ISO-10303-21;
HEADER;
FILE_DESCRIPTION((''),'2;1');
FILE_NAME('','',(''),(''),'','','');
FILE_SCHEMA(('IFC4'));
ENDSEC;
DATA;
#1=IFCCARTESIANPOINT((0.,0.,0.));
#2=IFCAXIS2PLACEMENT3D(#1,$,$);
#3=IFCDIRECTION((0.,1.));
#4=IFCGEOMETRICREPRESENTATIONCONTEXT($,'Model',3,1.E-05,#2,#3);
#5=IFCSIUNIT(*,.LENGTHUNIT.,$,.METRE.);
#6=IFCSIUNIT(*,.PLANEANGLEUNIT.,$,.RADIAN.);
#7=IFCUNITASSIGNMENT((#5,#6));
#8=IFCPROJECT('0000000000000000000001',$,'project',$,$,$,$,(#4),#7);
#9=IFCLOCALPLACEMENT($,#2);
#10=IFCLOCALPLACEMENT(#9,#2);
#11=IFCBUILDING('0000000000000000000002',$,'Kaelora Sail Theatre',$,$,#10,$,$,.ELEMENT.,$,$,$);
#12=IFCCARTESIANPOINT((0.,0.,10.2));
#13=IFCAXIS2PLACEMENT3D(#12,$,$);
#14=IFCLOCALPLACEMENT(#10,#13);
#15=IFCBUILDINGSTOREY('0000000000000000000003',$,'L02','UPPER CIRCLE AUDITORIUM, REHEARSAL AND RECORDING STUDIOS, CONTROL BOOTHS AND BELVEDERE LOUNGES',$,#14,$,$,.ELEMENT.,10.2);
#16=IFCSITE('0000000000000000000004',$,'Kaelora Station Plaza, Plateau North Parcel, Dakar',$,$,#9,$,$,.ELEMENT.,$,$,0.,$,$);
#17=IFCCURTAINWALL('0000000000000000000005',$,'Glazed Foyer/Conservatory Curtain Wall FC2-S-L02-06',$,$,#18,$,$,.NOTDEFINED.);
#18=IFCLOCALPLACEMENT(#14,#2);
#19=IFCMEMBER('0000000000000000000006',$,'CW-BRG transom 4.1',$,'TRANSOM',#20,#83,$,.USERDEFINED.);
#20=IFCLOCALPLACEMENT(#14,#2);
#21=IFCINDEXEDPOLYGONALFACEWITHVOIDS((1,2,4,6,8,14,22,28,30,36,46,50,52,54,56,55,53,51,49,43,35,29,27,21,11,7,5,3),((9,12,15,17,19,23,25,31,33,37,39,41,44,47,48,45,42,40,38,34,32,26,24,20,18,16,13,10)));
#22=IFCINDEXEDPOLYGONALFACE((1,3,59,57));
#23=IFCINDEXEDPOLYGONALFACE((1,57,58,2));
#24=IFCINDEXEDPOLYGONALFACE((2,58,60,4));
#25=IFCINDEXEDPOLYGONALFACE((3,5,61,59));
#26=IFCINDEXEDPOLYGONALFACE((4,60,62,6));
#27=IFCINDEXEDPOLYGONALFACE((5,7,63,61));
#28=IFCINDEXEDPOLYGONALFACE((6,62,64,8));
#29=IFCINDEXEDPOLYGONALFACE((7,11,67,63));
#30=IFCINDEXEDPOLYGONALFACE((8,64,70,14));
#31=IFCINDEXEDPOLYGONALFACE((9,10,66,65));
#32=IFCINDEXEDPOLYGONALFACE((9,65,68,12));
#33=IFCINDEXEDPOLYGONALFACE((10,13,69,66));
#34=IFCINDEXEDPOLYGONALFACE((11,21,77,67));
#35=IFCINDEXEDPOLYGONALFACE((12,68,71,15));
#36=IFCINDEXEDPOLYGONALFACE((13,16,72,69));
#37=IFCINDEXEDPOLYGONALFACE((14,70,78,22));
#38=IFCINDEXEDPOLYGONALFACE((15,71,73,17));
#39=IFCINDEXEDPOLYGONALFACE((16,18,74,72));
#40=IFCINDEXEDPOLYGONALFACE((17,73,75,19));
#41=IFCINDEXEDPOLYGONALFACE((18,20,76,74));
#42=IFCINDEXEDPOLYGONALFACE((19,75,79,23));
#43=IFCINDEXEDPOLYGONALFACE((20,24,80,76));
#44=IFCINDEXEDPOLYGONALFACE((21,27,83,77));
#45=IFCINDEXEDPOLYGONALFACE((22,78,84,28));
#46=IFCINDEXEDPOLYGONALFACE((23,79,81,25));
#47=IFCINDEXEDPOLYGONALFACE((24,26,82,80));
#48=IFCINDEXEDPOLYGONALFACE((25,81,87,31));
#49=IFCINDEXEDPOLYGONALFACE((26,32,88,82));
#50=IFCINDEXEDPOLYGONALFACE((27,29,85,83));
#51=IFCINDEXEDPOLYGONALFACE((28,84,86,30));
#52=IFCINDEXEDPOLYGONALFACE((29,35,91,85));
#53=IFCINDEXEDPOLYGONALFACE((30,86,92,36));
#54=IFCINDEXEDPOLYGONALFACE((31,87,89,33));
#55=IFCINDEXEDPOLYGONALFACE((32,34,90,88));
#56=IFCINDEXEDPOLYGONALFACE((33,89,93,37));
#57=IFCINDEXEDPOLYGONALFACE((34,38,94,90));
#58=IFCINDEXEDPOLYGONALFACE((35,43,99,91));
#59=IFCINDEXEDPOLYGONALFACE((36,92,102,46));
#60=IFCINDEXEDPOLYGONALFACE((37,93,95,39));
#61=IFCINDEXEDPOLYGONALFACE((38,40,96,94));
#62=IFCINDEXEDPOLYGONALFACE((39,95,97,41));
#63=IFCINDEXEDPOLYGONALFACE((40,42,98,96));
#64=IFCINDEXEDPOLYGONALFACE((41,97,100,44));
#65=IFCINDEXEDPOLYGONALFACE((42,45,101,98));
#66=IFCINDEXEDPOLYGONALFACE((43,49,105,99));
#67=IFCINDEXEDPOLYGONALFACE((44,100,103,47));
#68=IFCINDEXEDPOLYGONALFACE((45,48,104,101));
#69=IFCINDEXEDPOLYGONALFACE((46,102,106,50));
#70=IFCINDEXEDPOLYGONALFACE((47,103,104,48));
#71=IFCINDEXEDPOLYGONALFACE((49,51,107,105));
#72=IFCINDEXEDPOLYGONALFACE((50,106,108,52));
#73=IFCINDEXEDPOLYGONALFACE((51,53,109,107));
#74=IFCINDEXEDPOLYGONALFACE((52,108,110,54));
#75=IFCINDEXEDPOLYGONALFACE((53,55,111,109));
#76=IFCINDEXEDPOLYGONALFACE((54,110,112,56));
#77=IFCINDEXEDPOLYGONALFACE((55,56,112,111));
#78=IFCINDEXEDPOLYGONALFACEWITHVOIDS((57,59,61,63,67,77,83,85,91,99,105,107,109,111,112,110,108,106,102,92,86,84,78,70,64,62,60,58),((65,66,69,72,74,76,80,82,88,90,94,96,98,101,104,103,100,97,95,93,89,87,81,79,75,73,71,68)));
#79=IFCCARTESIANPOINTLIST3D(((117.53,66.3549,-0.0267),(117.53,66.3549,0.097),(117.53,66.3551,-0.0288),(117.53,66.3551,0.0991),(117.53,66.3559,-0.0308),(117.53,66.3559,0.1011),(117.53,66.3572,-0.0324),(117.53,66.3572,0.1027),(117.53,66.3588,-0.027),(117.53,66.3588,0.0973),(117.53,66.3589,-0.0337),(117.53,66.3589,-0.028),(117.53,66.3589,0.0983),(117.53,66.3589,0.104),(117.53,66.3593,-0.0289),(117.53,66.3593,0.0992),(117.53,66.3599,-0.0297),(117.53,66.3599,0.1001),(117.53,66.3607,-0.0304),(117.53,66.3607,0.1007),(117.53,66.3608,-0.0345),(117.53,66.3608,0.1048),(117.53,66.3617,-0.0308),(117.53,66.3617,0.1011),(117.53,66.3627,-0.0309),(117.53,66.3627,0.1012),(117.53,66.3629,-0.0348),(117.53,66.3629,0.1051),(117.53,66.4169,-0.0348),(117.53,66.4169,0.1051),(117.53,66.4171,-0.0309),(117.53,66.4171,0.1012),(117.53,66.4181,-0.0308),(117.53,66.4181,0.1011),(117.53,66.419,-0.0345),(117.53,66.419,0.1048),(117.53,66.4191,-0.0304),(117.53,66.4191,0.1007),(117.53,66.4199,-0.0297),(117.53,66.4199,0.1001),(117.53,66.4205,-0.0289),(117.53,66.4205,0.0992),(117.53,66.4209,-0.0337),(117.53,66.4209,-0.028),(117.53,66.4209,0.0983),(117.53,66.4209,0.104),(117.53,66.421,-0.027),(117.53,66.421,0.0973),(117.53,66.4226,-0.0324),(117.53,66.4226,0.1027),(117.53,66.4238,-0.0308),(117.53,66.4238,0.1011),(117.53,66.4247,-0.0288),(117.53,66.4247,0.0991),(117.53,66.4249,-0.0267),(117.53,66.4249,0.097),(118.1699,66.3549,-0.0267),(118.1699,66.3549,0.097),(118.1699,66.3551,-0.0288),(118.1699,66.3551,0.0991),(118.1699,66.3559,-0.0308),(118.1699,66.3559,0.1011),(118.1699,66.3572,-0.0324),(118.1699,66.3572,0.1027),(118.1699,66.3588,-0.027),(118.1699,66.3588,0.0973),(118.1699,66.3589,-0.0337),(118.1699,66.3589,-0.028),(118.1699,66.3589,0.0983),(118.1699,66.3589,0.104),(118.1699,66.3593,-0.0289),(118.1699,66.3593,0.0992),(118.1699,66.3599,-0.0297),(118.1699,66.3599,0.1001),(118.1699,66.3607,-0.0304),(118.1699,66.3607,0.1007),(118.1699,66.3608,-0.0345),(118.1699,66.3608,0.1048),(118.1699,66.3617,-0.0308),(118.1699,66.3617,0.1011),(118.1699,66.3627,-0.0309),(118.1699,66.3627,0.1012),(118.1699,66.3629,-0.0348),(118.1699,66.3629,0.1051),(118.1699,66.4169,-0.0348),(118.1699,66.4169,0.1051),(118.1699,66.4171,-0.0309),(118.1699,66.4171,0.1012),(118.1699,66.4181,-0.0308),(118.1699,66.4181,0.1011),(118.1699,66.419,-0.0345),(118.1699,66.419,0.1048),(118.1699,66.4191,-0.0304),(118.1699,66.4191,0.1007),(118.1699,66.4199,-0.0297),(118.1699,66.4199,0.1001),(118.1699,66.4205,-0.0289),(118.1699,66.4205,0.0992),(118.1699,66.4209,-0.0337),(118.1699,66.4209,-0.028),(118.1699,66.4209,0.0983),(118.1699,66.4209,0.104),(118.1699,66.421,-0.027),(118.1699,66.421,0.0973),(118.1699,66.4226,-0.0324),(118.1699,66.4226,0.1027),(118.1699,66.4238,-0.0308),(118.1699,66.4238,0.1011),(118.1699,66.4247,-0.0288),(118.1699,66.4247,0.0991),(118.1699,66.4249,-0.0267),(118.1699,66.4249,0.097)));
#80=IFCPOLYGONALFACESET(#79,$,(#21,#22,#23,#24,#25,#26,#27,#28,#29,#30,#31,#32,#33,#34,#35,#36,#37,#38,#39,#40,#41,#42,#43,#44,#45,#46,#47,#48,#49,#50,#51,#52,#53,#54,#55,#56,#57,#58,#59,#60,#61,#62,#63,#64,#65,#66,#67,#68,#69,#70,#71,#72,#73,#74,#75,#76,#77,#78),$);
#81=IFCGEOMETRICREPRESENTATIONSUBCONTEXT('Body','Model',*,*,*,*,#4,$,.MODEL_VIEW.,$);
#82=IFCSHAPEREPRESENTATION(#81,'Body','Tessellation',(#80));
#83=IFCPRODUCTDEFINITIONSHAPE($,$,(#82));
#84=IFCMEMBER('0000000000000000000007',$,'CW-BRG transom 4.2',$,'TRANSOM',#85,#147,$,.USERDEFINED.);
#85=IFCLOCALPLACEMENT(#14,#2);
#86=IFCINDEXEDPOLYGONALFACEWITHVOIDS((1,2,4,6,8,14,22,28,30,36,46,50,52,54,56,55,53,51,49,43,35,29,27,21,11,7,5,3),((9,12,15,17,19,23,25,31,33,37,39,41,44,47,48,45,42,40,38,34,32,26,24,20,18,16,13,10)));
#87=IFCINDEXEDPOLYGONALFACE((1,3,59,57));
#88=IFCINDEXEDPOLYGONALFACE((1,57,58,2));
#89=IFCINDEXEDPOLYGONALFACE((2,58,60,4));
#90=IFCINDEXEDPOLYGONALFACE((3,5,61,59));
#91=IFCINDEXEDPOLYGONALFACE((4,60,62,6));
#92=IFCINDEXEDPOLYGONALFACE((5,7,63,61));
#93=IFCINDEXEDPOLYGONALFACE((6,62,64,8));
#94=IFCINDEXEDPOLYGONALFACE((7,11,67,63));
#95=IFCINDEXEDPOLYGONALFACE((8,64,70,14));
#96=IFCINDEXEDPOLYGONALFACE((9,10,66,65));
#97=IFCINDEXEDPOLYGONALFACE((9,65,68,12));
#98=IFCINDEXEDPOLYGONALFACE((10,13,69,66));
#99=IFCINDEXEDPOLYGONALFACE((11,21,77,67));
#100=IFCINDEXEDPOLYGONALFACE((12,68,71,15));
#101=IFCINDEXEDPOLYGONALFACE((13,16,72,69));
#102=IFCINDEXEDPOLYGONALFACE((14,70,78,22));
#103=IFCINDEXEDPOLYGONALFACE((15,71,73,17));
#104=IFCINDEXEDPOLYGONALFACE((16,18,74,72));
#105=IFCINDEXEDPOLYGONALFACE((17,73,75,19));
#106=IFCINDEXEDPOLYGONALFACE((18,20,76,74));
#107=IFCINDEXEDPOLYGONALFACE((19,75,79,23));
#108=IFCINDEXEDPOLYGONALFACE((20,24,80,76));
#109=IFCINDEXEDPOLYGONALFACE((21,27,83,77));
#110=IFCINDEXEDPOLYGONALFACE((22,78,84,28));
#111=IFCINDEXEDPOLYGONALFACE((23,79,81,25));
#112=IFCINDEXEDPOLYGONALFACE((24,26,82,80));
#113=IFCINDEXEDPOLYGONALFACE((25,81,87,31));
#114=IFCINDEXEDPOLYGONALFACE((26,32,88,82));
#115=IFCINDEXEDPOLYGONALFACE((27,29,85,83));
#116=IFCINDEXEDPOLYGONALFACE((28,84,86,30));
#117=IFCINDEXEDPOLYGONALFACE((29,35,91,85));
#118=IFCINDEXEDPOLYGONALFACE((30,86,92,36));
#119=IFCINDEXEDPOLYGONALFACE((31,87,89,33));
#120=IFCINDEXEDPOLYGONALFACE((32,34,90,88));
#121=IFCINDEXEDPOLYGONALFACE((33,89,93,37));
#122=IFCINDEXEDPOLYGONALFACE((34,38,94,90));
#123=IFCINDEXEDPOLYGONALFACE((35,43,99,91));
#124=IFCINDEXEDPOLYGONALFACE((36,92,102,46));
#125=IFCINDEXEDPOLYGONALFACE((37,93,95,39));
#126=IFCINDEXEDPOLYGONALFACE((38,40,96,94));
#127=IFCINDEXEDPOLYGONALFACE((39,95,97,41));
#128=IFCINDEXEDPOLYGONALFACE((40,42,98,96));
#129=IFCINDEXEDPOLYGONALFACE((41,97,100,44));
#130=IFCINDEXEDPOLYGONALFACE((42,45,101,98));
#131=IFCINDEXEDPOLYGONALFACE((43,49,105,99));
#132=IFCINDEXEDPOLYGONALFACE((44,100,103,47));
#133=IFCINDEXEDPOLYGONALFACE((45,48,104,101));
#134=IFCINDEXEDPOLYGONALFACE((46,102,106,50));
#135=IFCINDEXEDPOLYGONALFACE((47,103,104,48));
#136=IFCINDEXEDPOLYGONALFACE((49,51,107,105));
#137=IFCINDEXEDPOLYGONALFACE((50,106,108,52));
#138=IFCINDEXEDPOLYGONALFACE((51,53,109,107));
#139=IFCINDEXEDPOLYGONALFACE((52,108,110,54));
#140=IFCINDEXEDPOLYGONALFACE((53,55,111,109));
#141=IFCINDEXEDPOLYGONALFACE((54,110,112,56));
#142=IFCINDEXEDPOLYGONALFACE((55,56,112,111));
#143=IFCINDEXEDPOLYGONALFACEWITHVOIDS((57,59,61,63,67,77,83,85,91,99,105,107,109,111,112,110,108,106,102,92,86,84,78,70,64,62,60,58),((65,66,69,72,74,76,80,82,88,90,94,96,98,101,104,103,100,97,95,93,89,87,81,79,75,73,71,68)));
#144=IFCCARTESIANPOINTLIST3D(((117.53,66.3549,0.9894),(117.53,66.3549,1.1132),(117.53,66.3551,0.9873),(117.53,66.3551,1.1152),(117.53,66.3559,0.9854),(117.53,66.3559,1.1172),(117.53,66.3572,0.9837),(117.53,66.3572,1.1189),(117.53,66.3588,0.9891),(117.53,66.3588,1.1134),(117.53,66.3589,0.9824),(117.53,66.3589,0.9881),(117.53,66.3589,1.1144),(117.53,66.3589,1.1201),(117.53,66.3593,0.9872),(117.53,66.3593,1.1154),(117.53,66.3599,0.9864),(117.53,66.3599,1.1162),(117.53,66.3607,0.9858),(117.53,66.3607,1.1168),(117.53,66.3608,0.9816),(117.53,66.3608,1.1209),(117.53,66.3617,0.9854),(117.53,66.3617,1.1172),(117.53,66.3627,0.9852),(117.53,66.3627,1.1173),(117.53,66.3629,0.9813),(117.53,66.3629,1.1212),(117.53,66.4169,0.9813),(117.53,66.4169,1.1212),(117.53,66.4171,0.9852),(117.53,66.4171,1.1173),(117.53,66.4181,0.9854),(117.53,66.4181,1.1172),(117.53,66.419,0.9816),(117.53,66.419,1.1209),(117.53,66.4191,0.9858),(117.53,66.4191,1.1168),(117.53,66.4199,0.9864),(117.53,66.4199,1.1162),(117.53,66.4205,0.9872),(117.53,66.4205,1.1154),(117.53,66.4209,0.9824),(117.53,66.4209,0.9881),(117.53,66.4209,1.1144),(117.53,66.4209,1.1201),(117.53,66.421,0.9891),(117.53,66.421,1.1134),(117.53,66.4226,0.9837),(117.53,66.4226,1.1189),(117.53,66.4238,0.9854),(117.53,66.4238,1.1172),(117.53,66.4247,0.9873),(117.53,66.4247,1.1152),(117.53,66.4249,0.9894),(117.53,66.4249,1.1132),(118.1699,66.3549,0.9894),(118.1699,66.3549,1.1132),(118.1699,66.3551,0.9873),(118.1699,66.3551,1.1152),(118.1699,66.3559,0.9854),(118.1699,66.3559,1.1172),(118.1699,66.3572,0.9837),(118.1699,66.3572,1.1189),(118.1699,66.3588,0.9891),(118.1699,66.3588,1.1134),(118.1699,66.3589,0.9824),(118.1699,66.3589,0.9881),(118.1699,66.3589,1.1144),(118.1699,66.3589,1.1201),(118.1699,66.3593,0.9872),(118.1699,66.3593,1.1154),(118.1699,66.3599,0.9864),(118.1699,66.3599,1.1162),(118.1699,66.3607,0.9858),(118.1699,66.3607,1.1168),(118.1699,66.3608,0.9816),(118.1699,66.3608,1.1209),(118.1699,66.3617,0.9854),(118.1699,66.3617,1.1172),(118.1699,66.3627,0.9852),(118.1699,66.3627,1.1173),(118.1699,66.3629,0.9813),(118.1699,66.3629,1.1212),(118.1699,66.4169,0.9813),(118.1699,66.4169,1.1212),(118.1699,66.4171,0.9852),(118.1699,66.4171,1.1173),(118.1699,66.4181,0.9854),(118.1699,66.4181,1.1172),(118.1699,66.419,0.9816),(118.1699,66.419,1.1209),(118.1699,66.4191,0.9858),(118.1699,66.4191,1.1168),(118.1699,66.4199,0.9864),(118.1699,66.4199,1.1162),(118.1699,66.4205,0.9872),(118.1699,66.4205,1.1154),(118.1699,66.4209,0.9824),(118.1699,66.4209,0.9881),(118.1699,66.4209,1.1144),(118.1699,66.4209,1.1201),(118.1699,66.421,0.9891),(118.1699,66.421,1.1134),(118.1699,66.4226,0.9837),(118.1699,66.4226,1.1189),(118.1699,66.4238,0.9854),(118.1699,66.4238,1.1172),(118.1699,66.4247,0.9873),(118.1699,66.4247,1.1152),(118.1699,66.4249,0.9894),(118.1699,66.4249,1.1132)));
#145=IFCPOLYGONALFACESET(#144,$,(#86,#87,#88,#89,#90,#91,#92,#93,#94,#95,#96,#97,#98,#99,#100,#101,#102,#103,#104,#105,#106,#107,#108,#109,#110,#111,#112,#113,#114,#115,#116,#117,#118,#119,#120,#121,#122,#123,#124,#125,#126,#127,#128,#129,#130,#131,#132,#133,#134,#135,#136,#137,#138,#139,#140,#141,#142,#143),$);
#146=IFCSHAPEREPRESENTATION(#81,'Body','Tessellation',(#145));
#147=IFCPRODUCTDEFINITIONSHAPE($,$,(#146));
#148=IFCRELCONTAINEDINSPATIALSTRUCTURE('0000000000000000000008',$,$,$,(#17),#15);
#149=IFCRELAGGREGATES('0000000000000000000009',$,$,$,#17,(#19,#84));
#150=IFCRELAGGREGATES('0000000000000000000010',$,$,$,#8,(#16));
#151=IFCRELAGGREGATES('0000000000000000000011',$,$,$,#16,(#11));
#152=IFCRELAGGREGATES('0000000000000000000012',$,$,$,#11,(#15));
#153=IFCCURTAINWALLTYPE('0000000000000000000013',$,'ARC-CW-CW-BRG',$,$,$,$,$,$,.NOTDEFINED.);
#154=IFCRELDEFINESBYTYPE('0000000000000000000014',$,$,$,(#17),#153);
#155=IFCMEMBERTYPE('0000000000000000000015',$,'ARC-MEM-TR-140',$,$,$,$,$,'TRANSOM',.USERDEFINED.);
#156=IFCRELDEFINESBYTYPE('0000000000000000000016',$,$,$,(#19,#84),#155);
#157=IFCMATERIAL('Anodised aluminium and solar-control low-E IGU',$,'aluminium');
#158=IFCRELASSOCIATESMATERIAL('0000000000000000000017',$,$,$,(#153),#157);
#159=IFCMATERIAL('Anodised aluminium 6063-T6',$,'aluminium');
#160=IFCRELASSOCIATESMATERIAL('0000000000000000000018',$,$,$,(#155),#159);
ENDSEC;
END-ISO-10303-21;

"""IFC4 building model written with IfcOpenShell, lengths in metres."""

from ifc_helpers import new_model, si_unit, direction, frame, origin, origin_2d, place, context, subcontext, project, spatial, hollow_rectangle, extrude, material, material_profile, profile_set, type_object, element, aggregate, save


model = new_model("IFC4")

# Units and contexts
model_context = context("Model", 3, precision=1e-05, world=origin(), true_north=direction((0.0, 1.0)))
body_context = subcontext(model_context, "Body", "Model", "MODEL_VIEW")
ifc_project = project(units=[si_unit("LENGTHUNIT", "METRE"), si_unit("PLANEANGLEUNIT", "RADIAN")], contexts=[model_context])

# Site, building, storey
site_placement = place(None, origin())
site = spatial("IfcSite", under=ifc_project, at=site_placement, Name="Kaelora Station Plaza, Plateau North Parcel, Dakar", CompositionType="ELEMENT", RefElevation=0.0)
building_placement = place(site_placement, origin())
building = spatial("IfcBuilding", under=site, at=building_placement, Name="Kaelora Sail Theatre", CompositionType="ELEMENT")
storey_placement = place(building_placement, frame((0.0, 0.0, 10.2)))
storey = spatial("IfcBuildingStorey", under=building, at=storey_placement, Name="L02", Description="UPPER CIRCLE AUDITORIUM, REHEARSAL AND RECORDING STUDIOS, CONTROL BOOTHS AND BELVEDERE LOUNGES", CompositionType="ELEMENT", Elevation=10.2)

# Curtain wall, members
ifc_material_1 = material(Name="Anodised aluminium and solar-control low-E IGU", Category="aluminium")
curtain_wall_type = type_object("IfcCurtainWallType", Name="ARC-CW-CW-BRG", PredefinedType="NOTDEFINED", material=ifc_material_1)
curtain_wall_placement = place(storey_placement, origin())
curtain_wall = element("IfcCurtainWall", 1, at=curtain_wall_placement, inside=storey, type_object=curtain_wall_type, Name="Glazed Foyer/Conservatory Curtain Wall FC2-S-L02-06", PredefinedType="NOTDEFINED")
ifc_material_2 = material(Name="Anodised aluminium 6063-T6", Category="aluminium")
ifc_material_profile_1 = material_profile(ifc_material_2, hollow_rectangle(XDim=0.0701, YDim=0.1399, WallThickness=0.0039, InnerFilletRadius=0.0039, OuterFilletRadius=0.0081, at=origin_2d()), Name="ALU-TRAN 70x140x4")
ifc_profile_set_1 = profile_set([ifc_material_profile_1], Name="Anodised aluminium 6063-T6")
member_type_1 = type_object("IfcMemberType", Name="ARC-MEM-TR-140", ElementType="TRANSOM", PredefinedType="USERDEFINED", material=ifc_profile_set_1)
member_1_placement = place(storey_placement, frame((117.53, 66.3899, 0.0352), z_axis=(1.0, 0.0, 0.0), x_axis=(0.0, 1.0, 0.0)))
member_1 = element("IfcMember", 2, at=member_1_placement, type_object=member_type_1, Name="CW-BRG transom 4.1", ObjectType="TRANSOM", PredefinedType="USERDEFINED", context=body_context, shape_type="SweptSolid", body=[
    extrude(hollow_rectangle(XDim=0.0701, YDim=0.1399, WallThickness=0.0039, InnerFilletRadius=0.0039, OuterFilletRadius=0.0081, at=origin_2d()), origin(), (0.0, 0.0, 1.0), 0.6399),
])
member_2_placement = place(storey_placement, frame((117.53, 66.3899, 1.0513), z_axis=(1.0, 0.0, 0.0), x_axis=(0.0, 1.0, 0.0)))
member_2 = element("IfcMember", 3, at=member_2_placement, type_object=member_type_1, Name="CW-BRG transom 4.2", ObjectType="TRANSOM", PredefinedType="USERDEFINED", context=body_context, shape_type="SweptSolid", body=[
    extrude(hollow_rectangle(XDim=0.0701, YDim=0.1399, WallThickness=0.0039, InnerFilletRadius=0.0039, OuterFilletRadius=0.0081, at=origin_2d()), origin(), (0.0, 0.0, 1.0), 0.6399),
])

aggregate(curtain_wall, [member_1, member_2])

save(model, "model.ifc")
